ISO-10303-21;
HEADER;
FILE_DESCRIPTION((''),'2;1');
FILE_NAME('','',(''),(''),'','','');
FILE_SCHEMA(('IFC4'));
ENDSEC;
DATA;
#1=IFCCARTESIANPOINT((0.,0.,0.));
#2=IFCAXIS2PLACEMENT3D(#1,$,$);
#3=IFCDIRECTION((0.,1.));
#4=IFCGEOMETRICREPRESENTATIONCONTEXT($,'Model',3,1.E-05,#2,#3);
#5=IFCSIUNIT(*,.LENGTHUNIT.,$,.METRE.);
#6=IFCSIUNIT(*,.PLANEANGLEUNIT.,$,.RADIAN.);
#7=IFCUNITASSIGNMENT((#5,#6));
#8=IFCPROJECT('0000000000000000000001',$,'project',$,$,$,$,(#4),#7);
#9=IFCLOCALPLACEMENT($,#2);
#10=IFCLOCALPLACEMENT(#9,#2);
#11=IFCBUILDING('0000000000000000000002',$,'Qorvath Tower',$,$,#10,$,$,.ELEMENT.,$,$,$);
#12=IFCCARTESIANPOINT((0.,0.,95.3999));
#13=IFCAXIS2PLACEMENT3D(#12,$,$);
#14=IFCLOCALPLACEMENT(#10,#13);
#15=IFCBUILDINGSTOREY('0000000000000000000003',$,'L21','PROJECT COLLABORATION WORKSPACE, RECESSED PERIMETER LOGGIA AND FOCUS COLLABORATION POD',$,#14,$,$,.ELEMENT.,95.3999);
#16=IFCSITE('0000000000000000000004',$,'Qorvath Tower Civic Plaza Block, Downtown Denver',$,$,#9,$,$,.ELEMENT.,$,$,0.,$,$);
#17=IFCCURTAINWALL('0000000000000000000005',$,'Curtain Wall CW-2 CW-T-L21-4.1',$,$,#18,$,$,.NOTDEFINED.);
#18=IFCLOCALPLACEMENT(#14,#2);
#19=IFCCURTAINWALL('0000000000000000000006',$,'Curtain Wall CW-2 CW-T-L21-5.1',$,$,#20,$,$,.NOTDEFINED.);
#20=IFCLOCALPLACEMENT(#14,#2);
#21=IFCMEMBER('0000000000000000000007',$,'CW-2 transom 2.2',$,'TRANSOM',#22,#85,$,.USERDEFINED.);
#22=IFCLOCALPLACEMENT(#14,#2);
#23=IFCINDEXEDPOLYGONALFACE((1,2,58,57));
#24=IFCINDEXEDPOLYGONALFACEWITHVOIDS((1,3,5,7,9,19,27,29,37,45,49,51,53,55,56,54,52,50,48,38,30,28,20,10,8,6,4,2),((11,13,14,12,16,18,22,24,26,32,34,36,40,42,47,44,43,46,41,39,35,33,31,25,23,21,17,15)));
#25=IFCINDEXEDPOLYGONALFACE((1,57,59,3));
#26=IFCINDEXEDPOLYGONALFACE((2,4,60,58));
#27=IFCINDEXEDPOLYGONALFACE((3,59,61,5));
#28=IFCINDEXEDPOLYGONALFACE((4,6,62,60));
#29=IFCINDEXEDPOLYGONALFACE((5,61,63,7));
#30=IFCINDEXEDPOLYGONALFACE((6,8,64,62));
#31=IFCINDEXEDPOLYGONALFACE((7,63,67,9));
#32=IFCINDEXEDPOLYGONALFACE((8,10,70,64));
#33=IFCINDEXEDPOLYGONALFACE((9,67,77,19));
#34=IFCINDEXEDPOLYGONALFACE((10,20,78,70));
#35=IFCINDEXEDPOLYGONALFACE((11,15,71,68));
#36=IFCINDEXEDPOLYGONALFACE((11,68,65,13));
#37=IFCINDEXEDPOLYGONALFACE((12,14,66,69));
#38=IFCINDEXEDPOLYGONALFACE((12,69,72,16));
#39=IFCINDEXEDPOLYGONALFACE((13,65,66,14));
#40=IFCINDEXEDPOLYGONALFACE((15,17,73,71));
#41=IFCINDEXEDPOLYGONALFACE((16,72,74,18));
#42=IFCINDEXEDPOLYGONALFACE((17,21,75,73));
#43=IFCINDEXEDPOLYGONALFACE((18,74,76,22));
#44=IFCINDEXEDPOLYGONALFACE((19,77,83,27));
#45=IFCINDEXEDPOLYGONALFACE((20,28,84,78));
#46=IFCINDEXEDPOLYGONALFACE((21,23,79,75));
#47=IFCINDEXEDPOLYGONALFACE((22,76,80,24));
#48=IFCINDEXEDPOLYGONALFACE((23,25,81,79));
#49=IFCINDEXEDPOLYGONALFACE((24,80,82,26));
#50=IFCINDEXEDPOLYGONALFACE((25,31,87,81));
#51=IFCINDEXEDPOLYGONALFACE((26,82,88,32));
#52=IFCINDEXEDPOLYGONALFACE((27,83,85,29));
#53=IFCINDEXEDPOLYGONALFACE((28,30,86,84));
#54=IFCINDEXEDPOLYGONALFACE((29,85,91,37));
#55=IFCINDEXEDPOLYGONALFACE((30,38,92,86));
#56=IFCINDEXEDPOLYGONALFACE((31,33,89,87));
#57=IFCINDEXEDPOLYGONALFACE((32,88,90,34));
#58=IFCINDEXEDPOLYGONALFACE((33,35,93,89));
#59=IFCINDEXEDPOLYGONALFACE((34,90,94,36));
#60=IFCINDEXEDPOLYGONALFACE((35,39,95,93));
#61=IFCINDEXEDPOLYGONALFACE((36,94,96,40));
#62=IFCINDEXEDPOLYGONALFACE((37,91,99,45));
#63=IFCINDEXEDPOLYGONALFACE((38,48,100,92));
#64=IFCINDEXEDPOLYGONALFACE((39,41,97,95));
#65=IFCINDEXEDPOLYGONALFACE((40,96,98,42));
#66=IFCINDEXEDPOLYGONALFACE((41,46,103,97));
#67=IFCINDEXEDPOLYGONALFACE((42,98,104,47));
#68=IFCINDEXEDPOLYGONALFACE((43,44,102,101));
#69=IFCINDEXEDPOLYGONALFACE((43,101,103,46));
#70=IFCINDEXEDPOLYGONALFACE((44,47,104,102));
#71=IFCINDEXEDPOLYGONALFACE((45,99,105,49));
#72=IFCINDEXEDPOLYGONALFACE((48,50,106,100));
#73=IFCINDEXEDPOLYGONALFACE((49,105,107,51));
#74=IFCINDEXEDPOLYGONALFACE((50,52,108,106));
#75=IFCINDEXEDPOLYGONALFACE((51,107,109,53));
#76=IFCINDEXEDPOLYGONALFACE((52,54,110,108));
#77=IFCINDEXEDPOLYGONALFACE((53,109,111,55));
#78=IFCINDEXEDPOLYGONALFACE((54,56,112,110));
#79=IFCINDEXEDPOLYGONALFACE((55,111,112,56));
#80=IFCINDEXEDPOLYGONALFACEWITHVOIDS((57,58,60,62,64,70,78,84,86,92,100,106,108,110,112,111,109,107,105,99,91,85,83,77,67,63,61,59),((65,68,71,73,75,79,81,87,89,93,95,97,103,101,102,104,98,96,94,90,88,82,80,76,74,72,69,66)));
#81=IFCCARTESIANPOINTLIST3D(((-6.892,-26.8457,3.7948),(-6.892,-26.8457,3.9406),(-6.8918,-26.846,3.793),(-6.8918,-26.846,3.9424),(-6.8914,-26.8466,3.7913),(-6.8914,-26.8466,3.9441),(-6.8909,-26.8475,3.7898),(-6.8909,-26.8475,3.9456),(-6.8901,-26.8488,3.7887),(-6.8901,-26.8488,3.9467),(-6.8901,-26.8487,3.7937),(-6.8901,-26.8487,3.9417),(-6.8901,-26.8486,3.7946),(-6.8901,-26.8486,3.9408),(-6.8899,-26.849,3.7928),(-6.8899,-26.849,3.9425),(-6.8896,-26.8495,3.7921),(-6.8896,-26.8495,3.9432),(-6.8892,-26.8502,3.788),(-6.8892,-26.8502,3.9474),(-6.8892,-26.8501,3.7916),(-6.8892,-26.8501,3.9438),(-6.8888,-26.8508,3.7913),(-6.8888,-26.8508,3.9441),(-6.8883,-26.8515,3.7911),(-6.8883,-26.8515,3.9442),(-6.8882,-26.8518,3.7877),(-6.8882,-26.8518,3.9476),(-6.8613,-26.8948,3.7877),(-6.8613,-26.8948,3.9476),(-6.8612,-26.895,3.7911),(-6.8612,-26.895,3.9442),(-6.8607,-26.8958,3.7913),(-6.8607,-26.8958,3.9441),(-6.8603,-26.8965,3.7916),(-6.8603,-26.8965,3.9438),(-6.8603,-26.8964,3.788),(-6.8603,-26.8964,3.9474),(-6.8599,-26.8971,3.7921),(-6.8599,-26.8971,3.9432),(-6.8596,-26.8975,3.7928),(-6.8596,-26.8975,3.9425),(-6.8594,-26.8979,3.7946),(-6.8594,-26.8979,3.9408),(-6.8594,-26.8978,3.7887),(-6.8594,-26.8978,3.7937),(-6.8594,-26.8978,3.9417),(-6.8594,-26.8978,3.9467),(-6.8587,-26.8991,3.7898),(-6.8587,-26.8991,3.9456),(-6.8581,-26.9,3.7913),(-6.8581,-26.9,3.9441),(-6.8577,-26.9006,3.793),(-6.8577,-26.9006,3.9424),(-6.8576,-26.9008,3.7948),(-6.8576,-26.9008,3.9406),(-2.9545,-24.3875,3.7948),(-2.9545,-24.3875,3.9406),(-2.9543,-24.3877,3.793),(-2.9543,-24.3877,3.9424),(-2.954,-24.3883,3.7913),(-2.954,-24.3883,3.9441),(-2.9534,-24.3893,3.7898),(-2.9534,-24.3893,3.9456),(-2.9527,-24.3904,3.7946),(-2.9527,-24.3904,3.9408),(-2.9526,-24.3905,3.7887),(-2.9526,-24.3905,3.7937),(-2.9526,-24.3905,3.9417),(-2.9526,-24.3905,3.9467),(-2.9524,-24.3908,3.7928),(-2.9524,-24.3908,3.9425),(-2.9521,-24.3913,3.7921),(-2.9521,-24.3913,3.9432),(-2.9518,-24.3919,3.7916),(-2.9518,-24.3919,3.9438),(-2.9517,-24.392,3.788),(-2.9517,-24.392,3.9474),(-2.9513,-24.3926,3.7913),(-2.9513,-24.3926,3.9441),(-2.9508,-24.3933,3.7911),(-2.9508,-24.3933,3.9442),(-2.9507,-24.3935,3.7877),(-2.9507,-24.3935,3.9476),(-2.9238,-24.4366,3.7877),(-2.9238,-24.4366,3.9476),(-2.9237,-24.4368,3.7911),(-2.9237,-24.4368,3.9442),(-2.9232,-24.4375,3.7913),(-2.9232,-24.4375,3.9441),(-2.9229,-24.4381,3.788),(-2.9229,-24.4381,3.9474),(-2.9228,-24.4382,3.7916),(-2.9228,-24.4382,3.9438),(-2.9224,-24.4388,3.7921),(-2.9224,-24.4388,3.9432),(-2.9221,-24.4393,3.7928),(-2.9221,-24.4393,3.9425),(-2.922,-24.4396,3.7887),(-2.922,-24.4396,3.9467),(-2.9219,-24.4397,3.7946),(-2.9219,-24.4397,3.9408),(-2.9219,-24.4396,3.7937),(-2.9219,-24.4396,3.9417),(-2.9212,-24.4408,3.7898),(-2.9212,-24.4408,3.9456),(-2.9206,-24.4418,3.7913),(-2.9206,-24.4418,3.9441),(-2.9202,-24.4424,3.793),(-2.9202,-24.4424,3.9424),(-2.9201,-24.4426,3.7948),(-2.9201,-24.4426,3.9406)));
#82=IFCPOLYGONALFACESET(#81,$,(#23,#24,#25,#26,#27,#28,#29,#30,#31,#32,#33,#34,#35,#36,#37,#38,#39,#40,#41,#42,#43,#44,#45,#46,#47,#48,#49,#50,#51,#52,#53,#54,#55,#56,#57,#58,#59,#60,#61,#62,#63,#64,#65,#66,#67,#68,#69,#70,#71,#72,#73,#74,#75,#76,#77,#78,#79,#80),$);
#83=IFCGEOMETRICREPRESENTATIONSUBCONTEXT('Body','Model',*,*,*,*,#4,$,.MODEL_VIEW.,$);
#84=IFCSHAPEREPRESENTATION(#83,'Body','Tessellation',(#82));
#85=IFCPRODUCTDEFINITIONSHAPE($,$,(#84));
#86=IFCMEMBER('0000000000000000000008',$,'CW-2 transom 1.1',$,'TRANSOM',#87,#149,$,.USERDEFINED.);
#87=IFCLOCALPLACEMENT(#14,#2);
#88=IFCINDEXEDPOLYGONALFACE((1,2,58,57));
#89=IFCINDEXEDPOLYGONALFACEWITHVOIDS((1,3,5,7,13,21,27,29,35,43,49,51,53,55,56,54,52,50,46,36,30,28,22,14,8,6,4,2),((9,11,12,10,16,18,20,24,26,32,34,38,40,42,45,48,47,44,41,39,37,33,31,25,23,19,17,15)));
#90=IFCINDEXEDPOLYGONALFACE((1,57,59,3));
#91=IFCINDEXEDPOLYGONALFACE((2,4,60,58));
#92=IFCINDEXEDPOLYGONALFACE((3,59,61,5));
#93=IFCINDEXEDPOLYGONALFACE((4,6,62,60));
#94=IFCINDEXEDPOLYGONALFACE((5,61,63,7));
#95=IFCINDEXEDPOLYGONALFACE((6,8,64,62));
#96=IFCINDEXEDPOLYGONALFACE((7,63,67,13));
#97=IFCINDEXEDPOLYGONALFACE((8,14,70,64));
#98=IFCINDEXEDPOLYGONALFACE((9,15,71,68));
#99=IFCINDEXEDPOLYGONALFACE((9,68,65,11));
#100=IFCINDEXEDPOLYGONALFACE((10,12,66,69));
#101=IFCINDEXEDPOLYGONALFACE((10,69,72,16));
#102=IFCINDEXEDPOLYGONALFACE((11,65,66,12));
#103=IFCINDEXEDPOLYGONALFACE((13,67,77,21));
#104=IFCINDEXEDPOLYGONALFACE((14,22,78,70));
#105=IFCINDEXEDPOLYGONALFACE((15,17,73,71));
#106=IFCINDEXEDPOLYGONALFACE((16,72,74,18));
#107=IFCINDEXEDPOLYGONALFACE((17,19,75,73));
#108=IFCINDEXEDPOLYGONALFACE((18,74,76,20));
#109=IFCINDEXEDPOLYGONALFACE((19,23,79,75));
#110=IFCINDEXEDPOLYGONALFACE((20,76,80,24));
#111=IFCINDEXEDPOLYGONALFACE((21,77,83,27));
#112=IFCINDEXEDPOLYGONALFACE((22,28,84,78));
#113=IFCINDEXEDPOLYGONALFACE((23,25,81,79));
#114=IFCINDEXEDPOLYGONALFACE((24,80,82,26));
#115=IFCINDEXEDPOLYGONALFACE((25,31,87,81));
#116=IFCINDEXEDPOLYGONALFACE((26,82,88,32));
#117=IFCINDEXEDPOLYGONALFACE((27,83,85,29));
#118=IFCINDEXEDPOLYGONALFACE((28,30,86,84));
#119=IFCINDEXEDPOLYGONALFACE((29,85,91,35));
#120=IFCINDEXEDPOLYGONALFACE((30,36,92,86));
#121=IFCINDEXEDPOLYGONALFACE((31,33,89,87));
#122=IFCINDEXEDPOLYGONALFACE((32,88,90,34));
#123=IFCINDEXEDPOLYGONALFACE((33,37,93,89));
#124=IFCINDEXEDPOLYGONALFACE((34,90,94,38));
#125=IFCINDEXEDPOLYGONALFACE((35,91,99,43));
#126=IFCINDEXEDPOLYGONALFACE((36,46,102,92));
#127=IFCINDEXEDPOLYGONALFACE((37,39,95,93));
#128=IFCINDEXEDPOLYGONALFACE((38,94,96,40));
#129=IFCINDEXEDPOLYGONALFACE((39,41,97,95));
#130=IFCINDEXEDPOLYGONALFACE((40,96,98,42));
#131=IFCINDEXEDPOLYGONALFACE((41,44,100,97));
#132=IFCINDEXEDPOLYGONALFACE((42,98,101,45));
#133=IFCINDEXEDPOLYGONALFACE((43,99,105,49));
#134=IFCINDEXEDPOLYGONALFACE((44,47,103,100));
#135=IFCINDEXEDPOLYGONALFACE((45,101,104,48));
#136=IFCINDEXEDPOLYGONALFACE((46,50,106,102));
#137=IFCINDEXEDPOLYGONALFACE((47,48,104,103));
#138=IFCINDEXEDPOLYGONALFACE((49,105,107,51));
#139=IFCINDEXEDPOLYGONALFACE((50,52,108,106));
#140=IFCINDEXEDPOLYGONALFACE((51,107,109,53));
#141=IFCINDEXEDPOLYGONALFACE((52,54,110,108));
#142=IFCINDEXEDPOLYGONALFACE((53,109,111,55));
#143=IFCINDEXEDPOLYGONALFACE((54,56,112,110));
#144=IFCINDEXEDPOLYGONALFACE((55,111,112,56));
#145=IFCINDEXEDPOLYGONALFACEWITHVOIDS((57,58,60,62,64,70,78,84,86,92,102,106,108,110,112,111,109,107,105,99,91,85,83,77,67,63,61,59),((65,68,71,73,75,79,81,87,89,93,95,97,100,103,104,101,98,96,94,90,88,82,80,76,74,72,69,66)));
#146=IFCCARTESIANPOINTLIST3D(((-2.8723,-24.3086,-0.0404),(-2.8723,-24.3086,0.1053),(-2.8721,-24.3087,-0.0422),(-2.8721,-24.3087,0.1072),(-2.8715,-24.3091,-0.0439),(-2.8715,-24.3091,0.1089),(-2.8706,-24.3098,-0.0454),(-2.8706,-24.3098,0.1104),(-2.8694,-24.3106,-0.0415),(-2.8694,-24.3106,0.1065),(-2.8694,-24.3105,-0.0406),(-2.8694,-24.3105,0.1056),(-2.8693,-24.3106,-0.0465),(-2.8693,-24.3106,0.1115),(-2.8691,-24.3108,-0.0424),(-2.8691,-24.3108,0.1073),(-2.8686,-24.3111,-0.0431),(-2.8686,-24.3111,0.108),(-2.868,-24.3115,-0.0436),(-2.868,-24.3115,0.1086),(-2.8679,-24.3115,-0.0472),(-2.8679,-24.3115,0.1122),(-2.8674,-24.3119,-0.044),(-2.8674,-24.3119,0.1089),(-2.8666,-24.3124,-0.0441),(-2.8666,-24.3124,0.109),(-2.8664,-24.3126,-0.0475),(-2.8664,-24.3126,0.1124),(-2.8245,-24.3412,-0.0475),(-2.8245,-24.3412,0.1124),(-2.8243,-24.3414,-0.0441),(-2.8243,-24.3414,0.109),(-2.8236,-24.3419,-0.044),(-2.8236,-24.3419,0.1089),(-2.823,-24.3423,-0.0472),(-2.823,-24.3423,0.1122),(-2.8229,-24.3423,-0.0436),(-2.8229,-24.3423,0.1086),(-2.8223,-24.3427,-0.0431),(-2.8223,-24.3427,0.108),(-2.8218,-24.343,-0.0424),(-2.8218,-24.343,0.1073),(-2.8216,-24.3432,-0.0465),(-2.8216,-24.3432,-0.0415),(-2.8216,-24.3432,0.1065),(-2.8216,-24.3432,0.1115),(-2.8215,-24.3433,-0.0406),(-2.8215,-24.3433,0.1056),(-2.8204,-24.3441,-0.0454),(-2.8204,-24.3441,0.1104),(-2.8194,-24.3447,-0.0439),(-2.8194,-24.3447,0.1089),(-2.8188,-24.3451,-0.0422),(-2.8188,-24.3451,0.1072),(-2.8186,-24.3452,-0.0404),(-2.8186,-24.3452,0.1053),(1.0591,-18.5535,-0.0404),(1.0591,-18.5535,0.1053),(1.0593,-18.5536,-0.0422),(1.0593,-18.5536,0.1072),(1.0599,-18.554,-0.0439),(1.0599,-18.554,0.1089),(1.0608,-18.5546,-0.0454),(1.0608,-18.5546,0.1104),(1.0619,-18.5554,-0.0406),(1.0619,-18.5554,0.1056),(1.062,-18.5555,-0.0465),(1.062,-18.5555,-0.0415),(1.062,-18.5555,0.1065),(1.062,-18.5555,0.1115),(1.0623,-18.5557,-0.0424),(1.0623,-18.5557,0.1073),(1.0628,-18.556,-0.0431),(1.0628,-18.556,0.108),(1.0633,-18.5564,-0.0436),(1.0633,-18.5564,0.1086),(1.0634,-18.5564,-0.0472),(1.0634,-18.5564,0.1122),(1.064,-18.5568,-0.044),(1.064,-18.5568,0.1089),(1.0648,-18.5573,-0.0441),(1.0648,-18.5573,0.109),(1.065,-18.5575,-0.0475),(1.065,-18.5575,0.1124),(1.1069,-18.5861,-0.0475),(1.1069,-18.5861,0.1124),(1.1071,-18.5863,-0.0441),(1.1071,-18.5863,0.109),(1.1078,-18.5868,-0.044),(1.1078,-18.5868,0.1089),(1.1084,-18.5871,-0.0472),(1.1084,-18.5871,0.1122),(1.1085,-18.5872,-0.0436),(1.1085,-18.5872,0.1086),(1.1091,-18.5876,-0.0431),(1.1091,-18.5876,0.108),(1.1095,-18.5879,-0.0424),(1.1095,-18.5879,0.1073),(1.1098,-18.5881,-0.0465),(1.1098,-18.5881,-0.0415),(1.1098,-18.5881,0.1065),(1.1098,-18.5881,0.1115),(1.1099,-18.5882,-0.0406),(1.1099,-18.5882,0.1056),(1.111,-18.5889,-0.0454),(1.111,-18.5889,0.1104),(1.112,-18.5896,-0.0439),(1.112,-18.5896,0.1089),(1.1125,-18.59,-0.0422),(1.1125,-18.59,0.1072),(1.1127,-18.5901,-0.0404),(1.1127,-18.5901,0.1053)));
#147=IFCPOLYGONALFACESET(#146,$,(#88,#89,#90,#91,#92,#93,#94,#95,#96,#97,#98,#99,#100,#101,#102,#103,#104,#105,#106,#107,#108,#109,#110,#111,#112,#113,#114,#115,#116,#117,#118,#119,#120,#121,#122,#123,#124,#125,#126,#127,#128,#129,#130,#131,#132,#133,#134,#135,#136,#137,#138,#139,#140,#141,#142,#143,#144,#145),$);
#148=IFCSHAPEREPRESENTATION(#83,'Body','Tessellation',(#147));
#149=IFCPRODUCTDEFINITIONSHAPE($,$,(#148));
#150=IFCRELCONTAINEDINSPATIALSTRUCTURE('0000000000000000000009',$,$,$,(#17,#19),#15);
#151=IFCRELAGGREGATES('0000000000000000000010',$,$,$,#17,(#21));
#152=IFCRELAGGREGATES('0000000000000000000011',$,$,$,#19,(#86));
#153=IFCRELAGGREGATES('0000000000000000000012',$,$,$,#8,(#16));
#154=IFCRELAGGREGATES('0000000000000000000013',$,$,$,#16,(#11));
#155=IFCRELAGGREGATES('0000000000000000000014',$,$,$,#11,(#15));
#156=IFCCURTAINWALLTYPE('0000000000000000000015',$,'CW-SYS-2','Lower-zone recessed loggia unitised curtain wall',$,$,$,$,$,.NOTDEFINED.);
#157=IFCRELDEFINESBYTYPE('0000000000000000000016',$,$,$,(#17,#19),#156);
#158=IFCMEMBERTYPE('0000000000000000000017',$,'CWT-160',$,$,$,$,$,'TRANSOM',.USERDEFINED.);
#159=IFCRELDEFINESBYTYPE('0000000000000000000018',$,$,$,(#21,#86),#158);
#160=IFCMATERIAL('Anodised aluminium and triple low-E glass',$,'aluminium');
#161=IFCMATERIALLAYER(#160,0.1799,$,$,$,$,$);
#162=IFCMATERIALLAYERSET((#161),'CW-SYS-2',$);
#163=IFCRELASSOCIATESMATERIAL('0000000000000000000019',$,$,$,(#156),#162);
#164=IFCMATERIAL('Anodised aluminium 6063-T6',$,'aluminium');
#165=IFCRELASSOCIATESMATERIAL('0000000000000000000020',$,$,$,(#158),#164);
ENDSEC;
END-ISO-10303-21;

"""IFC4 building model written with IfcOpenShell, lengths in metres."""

from ifc_helpers import new_model, si_unit, direction, frame, origin, origin_2d, place, context, subcontext, project, spatial, hollow_rectangle, extrude, material, layer, layer_set, material_profile, profile_set, type_object, element, aggregate, save


model = new_model("IFC4")

# Units and contexts
model_context = context("Model", 3, precision=1e-05, world=origin(), true_north=direction((0.0, 1.0)))
body_context = subcontext(model_context, "Body", "Model", "MODEL_VIEW")
ifc_project = project(units=[si_unit("LENGTHUNIT", "METRE"), si_unit("PLANEANGLEUNIT", "RADIAN")], contexts=[model_context])

# Site, building, storey
site_placement = place(None, origin())
site = spatial("IfcSite", under=ifc_project, at=site_placement, Name="Qorvath Tower Civic Plaza Block, Downtown Denver", CompositionType="ELEMENT", RefElevation=0.0)
building_placement = place(site_placement, origin())
building = spatial("IfcBuilding", under=site, at=building_placement, Name="Qorvath Tower", CompositionType="ELEMENT")
storey_placement = place(building_placement, frame((0.0, 0.0, 95.3999)))
storey = spatial("IfcBuildingStorey", under=building, at=storey_placement, Name="L21", Description="PROJECT COLLABORATION WORKSPACE, RECESSED PERIMETER LOGGIA AND FOCUS COLLABORATION POD", CompositionType="ELEMENT", Elevation=95.3999)

# Curtain walls
ifc_material_1 = material(Name="Anodised aluminium and triple low-E glass", Category="aluminium")
ifc_layer_1 = layer(ifc_material_1, 0.1799)
ifc_layer_set_1 = layer_set([ifc_layer_1], Name="CW-SYS-2")
curtain_wall_type = type_object("IfcCurtainWallType", Name="CW-SYS-2", Description="Lower-zone recessed loggia unitised curtain wall", PredefinedType="NOTDEFINED", material=ifc_layer_set_1)
curtain_wall_1_placement = place(storey_placement, origin())
curtain_wall_1 = element("IfcCurtainWall", 1, at=curtain_wall_1_placement, inside=storey, type_object=curtain_wall_type, Name="Curtain Wall CW-2 CW-T-L21-4.1", PredefinedType="NOTDEFINED")
curtain_wall_2_placement = place(storey_placement, origin())
curtain_wall_2 = element("IfcCurtainWall", 2, at=curtain_wall_2_placement, inside=storey, type_object=curtain_wall_type, Name="Curtain Wall CW-2 CW-T-L21-5.1", PredefinedType="NOTDEFINED")

# Members
ifc_material_2 = material(Name="Anodised aluminium 6063-T6", Category="aluminium")
ifc_material_profile_1 = material_profile(ifc_material_2, hollow_rectangle(XDim=0.0649, YDim=0.1599, WallThickness=0.0034, InnerFilletRadius=0.0034, OuterFilletRadius=0.0071, at=origin_2d()), Name="CWT 160x65")
ifc_profile_set_1 = profile_set([ifc_material_profile_1], Name="Anodised aluminium 6063-T6")
member_type_1 = type_object("IfcMemberType", Name="CWT-160", ElementType="TRANSOM", PredefinedType="USERDEFINED", material=ifc_profile_set_1)
member_1_placement = place(storey_placement, frame((-6.8748, -26.8733, 3.8677), z_axis=(0.848258, 0.529583, 0.0), x_axis=(-0.529583, 0.848258, 0.0)))
member_1 = element("IfcMember", 3, at=member_1_placement, type_object=member_type_1, Name="CW-2 transom 2.2", ObjectType="TRANSOM", PredefinedType="USERDEFINED", context=body_context, shape_type="SweptSolid", body=[
    extrude(hollow_rectangle(XDim=0.0649, YDim=0.1599, WallThickness=0.0034, InnerFilletRadius=0.0034, OuterFilletRadius=0.0071, at=origin_2d()), origin(), (0.0, 0.0, 1.0), 4.6418),
])
member_2_placement = place(storey_placement, frame((-2.8455, -24.3269, 0.0325), z_axis=(0.564066, 0.82573, 0.0), x_axis=(-0.82573, 0.564066, 0.0)))
member_2 = element("IfcMember", 4, at=member_2_placement, type_object=member_type_1, Name="CW-2 transom 1.1", ObjectType="TRANSOM", PredefinedType="USERDEFINED", context=body_context, shape_type="SweptSolid", body=[
    extrude(hollow_rectangle(XDim=0.0649, YDim=0.1599, WallThickness=0.0034, InnerFilletRadius=0.0034, OuterFilletRadius=0.0071, at=origin_2d()), origin(), (0.0, 0.0, 1.0), 6.9697),
])

aggregate(curtain_wall_1, [member_1])
aggregate(curtain_wall_2, [member_2])

save(model, "model.ifc")
